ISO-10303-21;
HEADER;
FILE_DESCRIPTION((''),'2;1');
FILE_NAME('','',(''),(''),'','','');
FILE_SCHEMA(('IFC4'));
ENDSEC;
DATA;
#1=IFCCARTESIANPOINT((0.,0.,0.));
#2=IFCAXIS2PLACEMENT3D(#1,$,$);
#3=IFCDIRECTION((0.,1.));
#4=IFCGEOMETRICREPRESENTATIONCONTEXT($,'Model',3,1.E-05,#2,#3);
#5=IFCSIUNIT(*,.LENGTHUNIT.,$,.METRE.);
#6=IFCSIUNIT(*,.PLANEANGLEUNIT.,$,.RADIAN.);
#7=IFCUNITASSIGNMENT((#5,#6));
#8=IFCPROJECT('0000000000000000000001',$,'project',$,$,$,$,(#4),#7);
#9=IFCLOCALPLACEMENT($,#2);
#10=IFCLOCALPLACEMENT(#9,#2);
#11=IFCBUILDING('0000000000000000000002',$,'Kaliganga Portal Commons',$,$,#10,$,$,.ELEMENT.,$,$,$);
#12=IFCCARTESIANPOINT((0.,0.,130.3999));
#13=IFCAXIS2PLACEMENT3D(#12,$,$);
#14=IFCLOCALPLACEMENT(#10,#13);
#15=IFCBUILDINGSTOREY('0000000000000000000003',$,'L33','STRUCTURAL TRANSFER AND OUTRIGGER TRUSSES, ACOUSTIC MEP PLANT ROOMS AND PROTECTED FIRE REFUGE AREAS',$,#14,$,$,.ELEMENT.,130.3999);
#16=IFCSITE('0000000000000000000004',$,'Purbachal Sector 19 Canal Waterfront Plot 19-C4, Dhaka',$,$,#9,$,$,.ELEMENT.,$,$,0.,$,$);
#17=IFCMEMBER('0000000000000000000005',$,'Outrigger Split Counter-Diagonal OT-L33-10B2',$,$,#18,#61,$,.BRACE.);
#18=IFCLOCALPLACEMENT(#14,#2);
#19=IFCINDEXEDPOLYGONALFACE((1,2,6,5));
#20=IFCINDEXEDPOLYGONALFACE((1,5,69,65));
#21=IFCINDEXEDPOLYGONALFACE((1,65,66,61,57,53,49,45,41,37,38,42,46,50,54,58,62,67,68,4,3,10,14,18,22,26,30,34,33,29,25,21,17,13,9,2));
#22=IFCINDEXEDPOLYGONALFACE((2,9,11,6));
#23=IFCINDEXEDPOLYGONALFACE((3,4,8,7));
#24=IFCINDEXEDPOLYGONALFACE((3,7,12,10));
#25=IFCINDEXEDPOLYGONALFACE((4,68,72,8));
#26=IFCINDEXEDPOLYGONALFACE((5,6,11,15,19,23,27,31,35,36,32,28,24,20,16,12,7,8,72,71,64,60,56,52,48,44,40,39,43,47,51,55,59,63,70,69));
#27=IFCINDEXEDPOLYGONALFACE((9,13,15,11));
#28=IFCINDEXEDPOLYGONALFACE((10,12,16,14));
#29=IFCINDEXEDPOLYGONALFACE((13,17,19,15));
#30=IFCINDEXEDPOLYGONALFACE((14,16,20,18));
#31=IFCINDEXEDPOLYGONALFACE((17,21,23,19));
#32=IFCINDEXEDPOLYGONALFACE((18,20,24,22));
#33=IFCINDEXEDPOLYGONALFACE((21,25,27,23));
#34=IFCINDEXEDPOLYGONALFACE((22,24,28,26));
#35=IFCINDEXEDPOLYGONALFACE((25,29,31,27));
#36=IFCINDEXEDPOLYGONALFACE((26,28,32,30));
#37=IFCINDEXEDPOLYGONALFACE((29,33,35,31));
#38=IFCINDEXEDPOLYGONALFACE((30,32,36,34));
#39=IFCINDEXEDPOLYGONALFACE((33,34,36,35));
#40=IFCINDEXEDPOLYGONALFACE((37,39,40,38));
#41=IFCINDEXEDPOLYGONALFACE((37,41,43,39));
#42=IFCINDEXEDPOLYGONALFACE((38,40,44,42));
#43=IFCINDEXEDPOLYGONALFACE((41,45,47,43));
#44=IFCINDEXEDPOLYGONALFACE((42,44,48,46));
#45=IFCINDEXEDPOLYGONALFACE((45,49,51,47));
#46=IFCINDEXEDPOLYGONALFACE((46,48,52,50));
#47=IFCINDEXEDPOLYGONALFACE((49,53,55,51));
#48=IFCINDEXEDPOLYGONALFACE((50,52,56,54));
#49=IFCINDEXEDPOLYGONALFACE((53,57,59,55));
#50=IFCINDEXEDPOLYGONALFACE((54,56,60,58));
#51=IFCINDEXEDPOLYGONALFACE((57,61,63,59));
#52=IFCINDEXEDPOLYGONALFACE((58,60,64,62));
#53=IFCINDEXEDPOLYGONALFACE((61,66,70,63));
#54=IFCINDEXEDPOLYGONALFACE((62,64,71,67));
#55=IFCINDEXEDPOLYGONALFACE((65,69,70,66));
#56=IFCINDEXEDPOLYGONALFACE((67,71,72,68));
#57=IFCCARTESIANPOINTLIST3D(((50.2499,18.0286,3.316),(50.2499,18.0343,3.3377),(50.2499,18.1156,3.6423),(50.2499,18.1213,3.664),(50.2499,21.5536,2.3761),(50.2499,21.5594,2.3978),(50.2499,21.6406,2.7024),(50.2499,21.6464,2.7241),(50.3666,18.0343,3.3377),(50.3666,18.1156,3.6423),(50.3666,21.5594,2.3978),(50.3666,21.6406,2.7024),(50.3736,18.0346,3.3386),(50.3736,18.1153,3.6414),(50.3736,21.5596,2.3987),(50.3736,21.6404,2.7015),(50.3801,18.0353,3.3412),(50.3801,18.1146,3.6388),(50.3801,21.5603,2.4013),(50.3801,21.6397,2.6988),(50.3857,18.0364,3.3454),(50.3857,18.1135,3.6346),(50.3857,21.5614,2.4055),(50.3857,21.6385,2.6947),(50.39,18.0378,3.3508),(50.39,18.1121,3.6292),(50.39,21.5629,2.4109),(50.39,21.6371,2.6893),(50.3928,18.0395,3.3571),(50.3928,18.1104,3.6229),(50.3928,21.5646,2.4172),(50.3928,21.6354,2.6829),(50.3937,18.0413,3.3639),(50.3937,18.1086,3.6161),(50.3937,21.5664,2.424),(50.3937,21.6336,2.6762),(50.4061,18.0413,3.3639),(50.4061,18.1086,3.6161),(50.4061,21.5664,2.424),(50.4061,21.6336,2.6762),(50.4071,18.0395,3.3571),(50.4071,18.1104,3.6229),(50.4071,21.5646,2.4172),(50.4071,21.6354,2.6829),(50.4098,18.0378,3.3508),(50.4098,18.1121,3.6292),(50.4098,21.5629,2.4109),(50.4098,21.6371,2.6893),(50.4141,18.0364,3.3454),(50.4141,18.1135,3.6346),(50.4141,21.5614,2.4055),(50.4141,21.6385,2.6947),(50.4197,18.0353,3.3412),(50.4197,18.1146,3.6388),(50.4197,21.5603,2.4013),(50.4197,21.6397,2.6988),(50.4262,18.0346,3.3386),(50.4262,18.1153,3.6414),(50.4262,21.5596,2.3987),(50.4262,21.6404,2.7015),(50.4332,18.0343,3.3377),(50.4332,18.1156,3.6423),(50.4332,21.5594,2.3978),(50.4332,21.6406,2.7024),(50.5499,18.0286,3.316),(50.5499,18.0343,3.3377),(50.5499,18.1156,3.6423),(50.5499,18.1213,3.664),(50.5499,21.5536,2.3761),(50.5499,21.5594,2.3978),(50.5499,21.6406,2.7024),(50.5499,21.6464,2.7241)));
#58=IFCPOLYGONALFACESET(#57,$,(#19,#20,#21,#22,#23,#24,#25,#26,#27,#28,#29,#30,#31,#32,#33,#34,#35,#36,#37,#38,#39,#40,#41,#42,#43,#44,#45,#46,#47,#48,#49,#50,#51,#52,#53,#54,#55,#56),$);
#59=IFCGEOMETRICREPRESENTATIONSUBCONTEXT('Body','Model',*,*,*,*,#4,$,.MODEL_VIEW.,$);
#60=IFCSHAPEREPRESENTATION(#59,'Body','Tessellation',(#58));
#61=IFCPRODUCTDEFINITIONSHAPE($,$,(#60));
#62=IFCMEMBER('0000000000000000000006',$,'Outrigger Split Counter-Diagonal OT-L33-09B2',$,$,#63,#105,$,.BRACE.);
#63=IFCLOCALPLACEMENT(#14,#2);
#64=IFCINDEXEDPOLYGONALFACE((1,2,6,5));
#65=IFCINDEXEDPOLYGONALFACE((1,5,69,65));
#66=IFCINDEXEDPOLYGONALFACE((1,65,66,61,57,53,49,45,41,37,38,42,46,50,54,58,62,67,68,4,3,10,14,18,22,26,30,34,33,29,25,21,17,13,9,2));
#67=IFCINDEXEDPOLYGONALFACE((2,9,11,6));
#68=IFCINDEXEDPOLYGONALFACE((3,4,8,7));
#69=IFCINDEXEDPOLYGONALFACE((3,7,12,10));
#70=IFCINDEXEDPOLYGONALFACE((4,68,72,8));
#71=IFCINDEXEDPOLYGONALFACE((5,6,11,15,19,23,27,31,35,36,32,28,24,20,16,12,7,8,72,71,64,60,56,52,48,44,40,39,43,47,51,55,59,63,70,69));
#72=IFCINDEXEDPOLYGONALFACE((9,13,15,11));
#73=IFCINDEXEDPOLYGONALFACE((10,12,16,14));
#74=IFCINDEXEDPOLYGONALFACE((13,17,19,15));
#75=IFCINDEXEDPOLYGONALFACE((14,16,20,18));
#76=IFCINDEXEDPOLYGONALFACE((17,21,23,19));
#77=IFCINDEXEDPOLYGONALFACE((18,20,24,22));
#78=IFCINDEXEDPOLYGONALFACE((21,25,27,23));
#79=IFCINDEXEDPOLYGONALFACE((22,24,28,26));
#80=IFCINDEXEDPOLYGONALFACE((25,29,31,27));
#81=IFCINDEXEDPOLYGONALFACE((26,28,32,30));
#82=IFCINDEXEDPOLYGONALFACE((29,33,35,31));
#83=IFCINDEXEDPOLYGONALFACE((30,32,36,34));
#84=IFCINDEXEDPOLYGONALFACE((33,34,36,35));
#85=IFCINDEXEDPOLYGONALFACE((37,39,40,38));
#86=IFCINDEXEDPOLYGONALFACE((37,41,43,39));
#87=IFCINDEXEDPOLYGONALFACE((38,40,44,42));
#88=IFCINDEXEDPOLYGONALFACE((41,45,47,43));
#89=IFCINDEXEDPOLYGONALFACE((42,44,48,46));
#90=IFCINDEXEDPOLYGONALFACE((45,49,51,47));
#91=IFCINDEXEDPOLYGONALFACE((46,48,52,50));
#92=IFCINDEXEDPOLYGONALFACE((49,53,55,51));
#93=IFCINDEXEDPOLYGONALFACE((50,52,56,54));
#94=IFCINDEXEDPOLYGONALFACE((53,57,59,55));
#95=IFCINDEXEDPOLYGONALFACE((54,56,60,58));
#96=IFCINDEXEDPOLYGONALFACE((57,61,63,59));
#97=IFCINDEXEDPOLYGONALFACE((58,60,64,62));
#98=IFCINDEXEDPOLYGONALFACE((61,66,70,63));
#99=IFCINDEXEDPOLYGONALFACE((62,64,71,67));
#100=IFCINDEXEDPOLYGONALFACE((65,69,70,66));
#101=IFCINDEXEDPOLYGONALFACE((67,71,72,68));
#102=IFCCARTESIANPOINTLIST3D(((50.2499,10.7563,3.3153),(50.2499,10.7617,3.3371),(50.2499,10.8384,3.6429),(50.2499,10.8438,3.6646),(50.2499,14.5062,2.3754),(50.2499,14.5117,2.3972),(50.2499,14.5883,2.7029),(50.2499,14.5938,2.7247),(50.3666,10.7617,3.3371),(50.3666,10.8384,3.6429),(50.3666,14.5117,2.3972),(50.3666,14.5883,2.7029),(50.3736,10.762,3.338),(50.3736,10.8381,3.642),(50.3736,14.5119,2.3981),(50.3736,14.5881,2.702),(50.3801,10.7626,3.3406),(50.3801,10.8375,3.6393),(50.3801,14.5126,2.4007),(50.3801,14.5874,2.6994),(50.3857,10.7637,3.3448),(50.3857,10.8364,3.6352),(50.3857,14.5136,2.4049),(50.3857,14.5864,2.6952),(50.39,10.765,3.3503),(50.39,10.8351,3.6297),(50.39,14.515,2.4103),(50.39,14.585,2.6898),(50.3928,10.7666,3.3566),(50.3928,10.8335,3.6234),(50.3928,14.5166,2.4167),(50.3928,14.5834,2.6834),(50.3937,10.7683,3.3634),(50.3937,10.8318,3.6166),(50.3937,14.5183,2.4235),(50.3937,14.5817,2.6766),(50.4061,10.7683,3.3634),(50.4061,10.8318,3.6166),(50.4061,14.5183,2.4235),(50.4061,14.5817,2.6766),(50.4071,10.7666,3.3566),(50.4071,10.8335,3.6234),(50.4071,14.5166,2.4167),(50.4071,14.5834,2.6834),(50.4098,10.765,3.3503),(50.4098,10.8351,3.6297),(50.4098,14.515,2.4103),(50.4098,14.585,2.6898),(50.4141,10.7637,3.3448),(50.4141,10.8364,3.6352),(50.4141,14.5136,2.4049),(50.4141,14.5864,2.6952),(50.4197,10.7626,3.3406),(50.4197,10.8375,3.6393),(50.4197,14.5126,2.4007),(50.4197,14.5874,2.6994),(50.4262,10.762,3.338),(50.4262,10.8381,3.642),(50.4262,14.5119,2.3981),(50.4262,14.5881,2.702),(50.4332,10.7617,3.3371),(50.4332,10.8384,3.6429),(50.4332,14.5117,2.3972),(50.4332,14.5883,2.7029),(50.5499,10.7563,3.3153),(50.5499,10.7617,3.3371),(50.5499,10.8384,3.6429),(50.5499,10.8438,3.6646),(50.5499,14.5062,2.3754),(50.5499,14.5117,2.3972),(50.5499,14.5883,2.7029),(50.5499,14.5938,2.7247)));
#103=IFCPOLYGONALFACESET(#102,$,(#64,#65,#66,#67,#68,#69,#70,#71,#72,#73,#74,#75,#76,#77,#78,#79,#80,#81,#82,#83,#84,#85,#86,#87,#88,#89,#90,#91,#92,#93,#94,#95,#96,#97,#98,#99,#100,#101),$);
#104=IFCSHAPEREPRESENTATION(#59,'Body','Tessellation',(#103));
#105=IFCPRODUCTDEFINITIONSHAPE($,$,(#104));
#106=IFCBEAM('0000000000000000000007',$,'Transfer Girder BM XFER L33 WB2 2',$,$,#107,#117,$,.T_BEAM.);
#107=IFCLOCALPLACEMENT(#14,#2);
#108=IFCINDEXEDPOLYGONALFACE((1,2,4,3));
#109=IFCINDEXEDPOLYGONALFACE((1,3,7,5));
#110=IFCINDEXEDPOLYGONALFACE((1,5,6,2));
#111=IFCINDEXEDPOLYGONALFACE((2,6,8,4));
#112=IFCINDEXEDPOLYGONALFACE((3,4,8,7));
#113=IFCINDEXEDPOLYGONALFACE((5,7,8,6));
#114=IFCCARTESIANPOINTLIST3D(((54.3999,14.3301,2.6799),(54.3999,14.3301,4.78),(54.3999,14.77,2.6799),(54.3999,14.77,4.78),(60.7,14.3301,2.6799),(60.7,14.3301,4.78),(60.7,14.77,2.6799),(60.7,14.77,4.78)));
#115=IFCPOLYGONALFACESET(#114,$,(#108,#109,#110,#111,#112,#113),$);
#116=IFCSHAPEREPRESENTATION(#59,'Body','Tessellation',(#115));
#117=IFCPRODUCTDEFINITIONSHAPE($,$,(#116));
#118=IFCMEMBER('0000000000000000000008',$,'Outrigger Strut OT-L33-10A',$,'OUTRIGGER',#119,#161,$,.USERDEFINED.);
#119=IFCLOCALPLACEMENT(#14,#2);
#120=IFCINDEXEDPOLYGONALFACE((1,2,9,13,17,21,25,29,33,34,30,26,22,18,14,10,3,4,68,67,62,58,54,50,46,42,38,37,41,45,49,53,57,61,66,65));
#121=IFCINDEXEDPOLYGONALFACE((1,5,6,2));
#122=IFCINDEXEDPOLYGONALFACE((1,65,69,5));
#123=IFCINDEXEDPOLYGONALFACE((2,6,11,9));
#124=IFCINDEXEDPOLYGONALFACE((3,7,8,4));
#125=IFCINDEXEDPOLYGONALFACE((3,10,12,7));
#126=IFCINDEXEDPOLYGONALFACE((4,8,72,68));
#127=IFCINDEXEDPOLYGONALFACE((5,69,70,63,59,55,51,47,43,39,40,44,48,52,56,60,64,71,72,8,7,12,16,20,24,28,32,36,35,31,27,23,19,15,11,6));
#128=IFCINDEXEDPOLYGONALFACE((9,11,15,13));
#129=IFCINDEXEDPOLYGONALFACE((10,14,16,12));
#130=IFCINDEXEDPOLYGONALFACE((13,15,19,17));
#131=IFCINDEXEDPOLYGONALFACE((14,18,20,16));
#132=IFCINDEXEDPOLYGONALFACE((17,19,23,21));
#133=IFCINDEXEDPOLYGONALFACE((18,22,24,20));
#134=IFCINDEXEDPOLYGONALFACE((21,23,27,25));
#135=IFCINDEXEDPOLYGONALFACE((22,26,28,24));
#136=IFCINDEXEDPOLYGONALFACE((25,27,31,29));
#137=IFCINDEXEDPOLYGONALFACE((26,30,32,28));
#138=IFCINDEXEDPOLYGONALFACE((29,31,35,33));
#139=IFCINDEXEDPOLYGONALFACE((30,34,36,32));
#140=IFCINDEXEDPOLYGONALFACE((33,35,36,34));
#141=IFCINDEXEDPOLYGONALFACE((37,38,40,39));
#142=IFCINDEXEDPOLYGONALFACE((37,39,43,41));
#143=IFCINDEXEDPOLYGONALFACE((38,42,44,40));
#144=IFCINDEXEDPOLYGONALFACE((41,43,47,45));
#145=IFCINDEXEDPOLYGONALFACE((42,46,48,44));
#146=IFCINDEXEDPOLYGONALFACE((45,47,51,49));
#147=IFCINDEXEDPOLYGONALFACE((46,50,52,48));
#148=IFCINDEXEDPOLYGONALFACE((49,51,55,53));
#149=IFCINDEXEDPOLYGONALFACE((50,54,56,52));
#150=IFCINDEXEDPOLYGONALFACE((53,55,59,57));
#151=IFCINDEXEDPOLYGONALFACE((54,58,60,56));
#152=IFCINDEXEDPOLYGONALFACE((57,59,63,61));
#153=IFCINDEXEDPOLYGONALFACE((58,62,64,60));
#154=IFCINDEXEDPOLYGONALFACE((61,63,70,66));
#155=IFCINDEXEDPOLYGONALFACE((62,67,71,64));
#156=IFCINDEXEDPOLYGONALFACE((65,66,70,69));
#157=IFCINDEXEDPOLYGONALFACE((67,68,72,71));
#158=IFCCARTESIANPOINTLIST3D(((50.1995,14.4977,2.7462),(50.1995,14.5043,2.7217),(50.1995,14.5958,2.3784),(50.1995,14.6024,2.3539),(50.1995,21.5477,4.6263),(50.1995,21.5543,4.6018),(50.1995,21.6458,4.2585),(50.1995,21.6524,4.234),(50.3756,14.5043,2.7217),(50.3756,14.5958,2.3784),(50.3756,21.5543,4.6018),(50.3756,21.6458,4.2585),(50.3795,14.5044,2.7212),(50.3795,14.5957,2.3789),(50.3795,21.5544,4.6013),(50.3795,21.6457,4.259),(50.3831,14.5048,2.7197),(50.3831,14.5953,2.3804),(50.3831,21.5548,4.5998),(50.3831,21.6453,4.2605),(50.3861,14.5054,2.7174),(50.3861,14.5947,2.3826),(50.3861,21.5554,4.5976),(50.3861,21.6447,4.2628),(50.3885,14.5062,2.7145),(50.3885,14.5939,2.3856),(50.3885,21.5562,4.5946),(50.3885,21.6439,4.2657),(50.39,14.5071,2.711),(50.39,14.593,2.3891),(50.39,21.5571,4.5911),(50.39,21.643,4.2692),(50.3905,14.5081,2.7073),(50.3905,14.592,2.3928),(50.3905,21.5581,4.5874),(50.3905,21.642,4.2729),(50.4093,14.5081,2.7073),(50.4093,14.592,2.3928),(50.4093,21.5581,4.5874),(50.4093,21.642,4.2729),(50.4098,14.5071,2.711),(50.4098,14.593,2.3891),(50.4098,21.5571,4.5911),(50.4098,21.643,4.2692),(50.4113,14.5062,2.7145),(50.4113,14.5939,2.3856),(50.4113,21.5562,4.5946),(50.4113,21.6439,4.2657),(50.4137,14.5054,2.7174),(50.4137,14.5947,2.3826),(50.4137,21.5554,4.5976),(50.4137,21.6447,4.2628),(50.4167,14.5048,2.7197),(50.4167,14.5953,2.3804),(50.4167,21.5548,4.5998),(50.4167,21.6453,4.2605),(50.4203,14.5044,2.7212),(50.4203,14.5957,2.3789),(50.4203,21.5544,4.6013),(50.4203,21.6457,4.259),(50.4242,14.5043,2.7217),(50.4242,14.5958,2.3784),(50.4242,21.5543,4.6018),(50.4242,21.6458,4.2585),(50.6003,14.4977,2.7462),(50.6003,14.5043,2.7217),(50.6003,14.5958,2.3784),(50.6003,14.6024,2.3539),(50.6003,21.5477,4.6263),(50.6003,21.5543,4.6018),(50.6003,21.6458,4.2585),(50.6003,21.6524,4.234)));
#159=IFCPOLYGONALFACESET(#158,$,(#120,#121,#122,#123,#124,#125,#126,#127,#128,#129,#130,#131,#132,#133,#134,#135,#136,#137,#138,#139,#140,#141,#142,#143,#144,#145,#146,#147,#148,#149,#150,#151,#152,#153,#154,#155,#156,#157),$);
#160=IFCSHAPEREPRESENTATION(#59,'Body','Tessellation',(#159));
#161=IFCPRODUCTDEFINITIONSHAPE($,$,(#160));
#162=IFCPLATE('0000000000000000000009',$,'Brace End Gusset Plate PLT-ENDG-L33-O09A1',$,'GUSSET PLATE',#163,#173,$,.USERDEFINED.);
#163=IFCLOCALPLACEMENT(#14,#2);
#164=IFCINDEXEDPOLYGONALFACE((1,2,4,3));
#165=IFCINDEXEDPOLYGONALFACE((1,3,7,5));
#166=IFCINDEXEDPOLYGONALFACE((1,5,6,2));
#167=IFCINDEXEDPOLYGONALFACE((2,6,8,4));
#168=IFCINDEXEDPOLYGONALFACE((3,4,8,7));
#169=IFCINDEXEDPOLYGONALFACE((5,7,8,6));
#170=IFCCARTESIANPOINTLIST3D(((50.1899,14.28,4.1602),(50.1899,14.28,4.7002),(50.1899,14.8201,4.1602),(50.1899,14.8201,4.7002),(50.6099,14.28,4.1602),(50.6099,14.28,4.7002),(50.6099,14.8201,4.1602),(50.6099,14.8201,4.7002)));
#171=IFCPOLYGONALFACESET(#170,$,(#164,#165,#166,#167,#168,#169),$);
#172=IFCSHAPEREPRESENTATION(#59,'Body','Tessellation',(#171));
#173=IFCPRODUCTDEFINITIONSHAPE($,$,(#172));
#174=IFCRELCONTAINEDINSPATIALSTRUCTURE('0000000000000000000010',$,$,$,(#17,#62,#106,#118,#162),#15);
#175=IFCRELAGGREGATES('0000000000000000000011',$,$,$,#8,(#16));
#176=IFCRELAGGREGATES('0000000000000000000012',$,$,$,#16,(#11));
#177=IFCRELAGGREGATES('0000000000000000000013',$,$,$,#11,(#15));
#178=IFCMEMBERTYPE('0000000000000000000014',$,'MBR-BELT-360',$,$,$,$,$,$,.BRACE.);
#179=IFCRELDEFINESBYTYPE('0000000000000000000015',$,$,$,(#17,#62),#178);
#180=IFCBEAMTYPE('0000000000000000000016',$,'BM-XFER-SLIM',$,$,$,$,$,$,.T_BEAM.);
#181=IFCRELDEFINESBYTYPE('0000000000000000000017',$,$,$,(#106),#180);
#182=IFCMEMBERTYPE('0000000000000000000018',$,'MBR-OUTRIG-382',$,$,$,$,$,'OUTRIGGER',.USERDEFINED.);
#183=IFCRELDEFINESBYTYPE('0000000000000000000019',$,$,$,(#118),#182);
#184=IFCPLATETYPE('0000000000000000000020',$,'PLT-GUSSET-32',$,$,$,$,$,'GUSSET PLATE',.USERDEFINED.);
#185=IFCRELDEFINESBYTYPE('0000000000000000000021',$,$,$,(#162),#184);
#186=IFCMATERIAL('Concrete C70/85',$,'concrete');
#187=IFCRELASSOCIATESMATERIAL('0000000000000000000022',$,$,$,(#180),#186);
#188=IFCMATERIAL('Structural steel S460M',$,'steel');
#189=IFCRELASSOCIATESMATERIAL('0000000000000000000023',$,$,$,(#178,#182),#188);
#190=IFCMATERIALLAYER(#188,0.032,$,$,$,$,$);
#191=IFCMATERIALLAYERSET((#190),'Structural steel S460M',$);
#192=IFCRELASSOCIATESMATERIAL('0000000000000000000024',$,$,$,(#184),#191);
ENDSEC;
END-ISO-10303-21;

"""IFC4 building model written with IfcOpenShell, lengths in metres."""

from ifc_helpers import new_model, si_unit, direction, frame, origin, origin_2d, place, context, subcontext, project, spatial, rectangle, i_section, extrude, source, transform, mapped, material, layer, layer_set, material_profile, profile_set, type_object, element, save


model = new_model("IFC4")

# Units and contexts
model_context = context("Model", 3, precision=1e-05, world=origin(), true_north=direction((0.0, 1.0)))
body_context = subcontext(model_context, "Body", "Model", "MODEL_VIEW")
ifc_project = project(units=[si_unit("LENGTHUNIT", "METRE"), si_unit("PLANEANGLEUNIT", "RADIAN")], contexts=[model_context])

# Site, building, storey
site_placement = place(None, origin())
site = spatial("IfcSite", under=ifc_project, at=site_placement, Name="Purbachal Sector 19 Canal Waterfront Plot 19-C4, Dhaka", CompositionType="ELEMENT", RefElevation=0.0)
building_placement = place(site_placement, origin())
building = spatial("IfcBuilding", under=site, at=building_placement, Name="Kaliganga Portal Commons", CompositionType="ELEMENT")
storey_placement = place(building_placement, frame((0.0, 0.0, 130.3999)))
storey = spatial("IfcBuildingStorey", under=building, at=storey_placement, Name="L33", Description="STRUCTURAL TRANSFER AND OUTRIGGER TRUSSES, ACOUSTIC MEP PLANT ROOMS AND PROTECTED FIRE REFUGE AREAS", CompositionType="ELEMENT", Elevation=130.3999)

# Shared definitions
ifc_material_1 = material(Name="Structural steel S460M", Category="steel")

# Shared definitions
ifc_material_2 = material(Name="Concrete C70/85", Category="concrete")
ifc_material_profile_1 = material_profile(ifc_material_2, rectangle(XDim=0.4399, YDim=2.1001, at=origin_2d()), Name="RC 440x2100")
ifc_profile_set_1 = profile_set([ifc_material_profile_1], Name="Concrete C70/85")
beam_type_1 = type_object("IfcBeamType", Name="BM-XFER-SLIM", PredefinedType="T_BEAM", material=ifc_profile_set_1)

# Members
ifc_material_profile_2 = material_profile(ifc_material_1, i_section(OverallWidth=0.3, OverallDepth=0.3601, WebThickness=0.0125, FlangeThickness=0.0225, FilletRadius=0.0271, at=origin_2d()), Name="HE 360 B")
ifc_profile_set_2 = profile_set([ifc_material_profile_2], Name="Structural steel S460M wide-flange")
member_type_1 = type_object("IfcMemberType", Name="MBR-BELT-360", PredefinedType="BRACE", material=ifc_profile_set_2)
shared_shape_1 = source(origin(), body_context, "Body", "SweptSolid", [
    extrude(i_section(OverallWidth=0.3, OverallDepth=0.3601, WebThickness=0.0125, FlangeThickness=0.0225, FilletRadius=0.0271, at=origin_2d()), origin(), (0.0, 0.0, 1.0), 3.6482),
])
for number, where, z_axis, x_axis, name in (
    (1, (50.3999, 18.075, 3.49), (0.0, 0.966242, -0.257638), (-1.0, 0.0, 0.0), "Outrigger Split Counter-Diagonal OT-L33-10B2"),
):
    element("IfcMember", number, at=place(storey_placement, frame(where, z_axis=z_axis, x_axis=x_axis)), inside=storey, type_object=member_type_1, Name=name, PredefinedType="BRACE", context=body_context, shape_type="MappedRepresentation", body=[
        mapped(shared_shape_1, transform((0.0, 0.0, 0.0), x_axis=(1.0, 0.0, 0.0), y_axis=(0.0, 1.0, 0.0), z_axis=(0.0, 0.0, 1.0), scale=1.0)),
    ])
shared_shape_2 = source(origin(), body_context, "Body", "SweptSolid", [
    extrude(i_section(OverallWidth=0.3, OverallDepth=0.3601, WebThickness=0.0125, FlangeThickness=0.0225, FilletRadius=0.0271, at=origin_2d()), origin(), (0.0, 0.0, 1.0), 3.866),
])
member_1_placement = place(storey_placement, frame((50.3999, 10.8, 3.49), z_axis=(0.0, 0.969994, -0.24313), x_axis=(-1.0, 0.0, 0.0)))
element("IfcMember", 2, at=member_1_placement, inside=storey, type_object=member_type_1, Name="Outrigger Split Counter-Diagonal OT-L33-09B2", PredefinedType="BRACE", context=body_context, shape_type="MappedRepresentation", body=[
    mapped(shared_shape_2, transform((0.0, 0.0, 0.0), x_axis=(1.0, 0.0, 0.0), y_axis=(0.0, 1.0, 0.0), z_axis=(0.0, 0.0, 1.0), scale=1.0)),
])

# Beam
shared_shape_3 = source(origin(), body_context, "Body", "SweptSolid", [
    extrude(rectangle(XDim=0.4399, YDim=2.1001, at=origin_2d()), origin(), (0.0, 0.0, 1.0), 6.3),
])
beam_1_placement = place(storey_placement, frame((54.3999, 14.55, 3.73), z_axis=(1.0, 0.0, 0.0), x_axis=(0.0, 1.0, 0.0)))
element("IfcBeam", 3, at=beam_1_placement, inside=storey, type_object=beam_type_1, Name="Transfer Girder BM XFER L33 WB2 2", PredefinedType="T_BEAM", context=body_context, shape_type="MappedRepresentation", body=[
    mapped(shared_shape_3, transform((0.0, 0.0, 0.0), x_axis=(1.0, 0.0, 0.0), y_axis=(0.0, 1.0, 0.0), z_axis=(0.0, 0.0, 1.0), scale=1.0)),
])

# Member
ifc_material_profile_3 = material_profile(ifc_material_1, i_section(OverallWidth=0.4009, OverallDepth=0.406, WebThickness=0.0188, FlangeThickness=0.0254, FilletRadius=0.0149, at=origin_2d()), Name="HD 400x314")
ifc_profile_set_3 = profile_set([ifc_material_profile_3], Name="Structural steel S460M wide-flange")
member_type_2 = type_object("IfcMemberType", Name="MBR-OUTRIG-382", ElementType="OUTRIGGER", PredefinedType="USERDEFINED", material=ifc_profile_set_3)
shared_shape_4 = source(origin(), body_context, "Body", "SweptSolid", [
    extrude(i_section(OverallWidth=0.4009, OverallDepth=0.406, WebThickness=0.0188, FlangeThickness=0.0254, FilletRadius=0.0149, at=origin_2d()), origin(), (0.0, 0.0, 1.0), 7.2964),
])
member_2_placement = place(storey_placement, frame((50.3999, 14.55, 2.55), z_axis=(0.0, 0.966231, 0.257677), x_axis=(-1.0, 0.0, 0.0)))
element("IfcMember", 4, at=member_2_placement, inside=storey, type_object=member_type_2, Name="Outrigger Strut OT-L33-10A", ObjectType="OUTRIGGER", PredefinedType="USERDEFINED", context=body_context, shape_type="MappedRepresentation", body=[
    mapped(shared_shape_4, transform((0.0, 0.0, 0.0), x_axis=(1.0, 0.0, 0.0), y_axis=(0.0, 1.0, 0.0), z_axis=(0.0, 0.0, 1.0), scale=1.0)),
])

# Plate
ifc_layer_1 = layer(ifc_material_1, 0.032)
ifc_layer_set_1 = layer_set([ifc_layer_1], Name="Structural steel S460M")
plate_type = type_object("IfcPlateType", Name="PLT-GUSSET-32", ElementType="GUSSET PLATE", PredefinedType="USERDEFINED", material=ifc_layer_set_1)
shared_shape_5 = source(origin(), body_context, "Body", "SweptSolid", [
    extrude(rectangle(XDim=0.54, YDim=0.4199, at=origin_2d()), origin(), (0.0, 0.0, 1.0), 0.54),
])
for number, where, z_axis, x_axis, name in (
    (5, (50.3999, 14.55, 4.1602), (0.0, 0.0, 1.0), (0.0, 1.0, 0.0), "Brace End Gusset Plate PLT-ENDG-L33-O09A1"),
):
    element("IfcPlate", number, at=place(storey_placement, frame(where, z_axis=z_axis, x_axis=x_axis)), inside=storey, type_object=plate_type, Name=name, ObjectType="GUSSET PLATE", PredefinedType="USERDEFINED", context=body_context, shape_type="MappedRepresentation", body=[
        mapped(shared_shape_5, transform((0.0, 0.0, 0.0), x_axis=(1.0, 0.0, 0.0), y_axis=(0.0, 1.0, 0.0), z_axis=(0.0, 0.0, 1.0), scale=1.0)),
    ])

save(model, "model.ifc")
